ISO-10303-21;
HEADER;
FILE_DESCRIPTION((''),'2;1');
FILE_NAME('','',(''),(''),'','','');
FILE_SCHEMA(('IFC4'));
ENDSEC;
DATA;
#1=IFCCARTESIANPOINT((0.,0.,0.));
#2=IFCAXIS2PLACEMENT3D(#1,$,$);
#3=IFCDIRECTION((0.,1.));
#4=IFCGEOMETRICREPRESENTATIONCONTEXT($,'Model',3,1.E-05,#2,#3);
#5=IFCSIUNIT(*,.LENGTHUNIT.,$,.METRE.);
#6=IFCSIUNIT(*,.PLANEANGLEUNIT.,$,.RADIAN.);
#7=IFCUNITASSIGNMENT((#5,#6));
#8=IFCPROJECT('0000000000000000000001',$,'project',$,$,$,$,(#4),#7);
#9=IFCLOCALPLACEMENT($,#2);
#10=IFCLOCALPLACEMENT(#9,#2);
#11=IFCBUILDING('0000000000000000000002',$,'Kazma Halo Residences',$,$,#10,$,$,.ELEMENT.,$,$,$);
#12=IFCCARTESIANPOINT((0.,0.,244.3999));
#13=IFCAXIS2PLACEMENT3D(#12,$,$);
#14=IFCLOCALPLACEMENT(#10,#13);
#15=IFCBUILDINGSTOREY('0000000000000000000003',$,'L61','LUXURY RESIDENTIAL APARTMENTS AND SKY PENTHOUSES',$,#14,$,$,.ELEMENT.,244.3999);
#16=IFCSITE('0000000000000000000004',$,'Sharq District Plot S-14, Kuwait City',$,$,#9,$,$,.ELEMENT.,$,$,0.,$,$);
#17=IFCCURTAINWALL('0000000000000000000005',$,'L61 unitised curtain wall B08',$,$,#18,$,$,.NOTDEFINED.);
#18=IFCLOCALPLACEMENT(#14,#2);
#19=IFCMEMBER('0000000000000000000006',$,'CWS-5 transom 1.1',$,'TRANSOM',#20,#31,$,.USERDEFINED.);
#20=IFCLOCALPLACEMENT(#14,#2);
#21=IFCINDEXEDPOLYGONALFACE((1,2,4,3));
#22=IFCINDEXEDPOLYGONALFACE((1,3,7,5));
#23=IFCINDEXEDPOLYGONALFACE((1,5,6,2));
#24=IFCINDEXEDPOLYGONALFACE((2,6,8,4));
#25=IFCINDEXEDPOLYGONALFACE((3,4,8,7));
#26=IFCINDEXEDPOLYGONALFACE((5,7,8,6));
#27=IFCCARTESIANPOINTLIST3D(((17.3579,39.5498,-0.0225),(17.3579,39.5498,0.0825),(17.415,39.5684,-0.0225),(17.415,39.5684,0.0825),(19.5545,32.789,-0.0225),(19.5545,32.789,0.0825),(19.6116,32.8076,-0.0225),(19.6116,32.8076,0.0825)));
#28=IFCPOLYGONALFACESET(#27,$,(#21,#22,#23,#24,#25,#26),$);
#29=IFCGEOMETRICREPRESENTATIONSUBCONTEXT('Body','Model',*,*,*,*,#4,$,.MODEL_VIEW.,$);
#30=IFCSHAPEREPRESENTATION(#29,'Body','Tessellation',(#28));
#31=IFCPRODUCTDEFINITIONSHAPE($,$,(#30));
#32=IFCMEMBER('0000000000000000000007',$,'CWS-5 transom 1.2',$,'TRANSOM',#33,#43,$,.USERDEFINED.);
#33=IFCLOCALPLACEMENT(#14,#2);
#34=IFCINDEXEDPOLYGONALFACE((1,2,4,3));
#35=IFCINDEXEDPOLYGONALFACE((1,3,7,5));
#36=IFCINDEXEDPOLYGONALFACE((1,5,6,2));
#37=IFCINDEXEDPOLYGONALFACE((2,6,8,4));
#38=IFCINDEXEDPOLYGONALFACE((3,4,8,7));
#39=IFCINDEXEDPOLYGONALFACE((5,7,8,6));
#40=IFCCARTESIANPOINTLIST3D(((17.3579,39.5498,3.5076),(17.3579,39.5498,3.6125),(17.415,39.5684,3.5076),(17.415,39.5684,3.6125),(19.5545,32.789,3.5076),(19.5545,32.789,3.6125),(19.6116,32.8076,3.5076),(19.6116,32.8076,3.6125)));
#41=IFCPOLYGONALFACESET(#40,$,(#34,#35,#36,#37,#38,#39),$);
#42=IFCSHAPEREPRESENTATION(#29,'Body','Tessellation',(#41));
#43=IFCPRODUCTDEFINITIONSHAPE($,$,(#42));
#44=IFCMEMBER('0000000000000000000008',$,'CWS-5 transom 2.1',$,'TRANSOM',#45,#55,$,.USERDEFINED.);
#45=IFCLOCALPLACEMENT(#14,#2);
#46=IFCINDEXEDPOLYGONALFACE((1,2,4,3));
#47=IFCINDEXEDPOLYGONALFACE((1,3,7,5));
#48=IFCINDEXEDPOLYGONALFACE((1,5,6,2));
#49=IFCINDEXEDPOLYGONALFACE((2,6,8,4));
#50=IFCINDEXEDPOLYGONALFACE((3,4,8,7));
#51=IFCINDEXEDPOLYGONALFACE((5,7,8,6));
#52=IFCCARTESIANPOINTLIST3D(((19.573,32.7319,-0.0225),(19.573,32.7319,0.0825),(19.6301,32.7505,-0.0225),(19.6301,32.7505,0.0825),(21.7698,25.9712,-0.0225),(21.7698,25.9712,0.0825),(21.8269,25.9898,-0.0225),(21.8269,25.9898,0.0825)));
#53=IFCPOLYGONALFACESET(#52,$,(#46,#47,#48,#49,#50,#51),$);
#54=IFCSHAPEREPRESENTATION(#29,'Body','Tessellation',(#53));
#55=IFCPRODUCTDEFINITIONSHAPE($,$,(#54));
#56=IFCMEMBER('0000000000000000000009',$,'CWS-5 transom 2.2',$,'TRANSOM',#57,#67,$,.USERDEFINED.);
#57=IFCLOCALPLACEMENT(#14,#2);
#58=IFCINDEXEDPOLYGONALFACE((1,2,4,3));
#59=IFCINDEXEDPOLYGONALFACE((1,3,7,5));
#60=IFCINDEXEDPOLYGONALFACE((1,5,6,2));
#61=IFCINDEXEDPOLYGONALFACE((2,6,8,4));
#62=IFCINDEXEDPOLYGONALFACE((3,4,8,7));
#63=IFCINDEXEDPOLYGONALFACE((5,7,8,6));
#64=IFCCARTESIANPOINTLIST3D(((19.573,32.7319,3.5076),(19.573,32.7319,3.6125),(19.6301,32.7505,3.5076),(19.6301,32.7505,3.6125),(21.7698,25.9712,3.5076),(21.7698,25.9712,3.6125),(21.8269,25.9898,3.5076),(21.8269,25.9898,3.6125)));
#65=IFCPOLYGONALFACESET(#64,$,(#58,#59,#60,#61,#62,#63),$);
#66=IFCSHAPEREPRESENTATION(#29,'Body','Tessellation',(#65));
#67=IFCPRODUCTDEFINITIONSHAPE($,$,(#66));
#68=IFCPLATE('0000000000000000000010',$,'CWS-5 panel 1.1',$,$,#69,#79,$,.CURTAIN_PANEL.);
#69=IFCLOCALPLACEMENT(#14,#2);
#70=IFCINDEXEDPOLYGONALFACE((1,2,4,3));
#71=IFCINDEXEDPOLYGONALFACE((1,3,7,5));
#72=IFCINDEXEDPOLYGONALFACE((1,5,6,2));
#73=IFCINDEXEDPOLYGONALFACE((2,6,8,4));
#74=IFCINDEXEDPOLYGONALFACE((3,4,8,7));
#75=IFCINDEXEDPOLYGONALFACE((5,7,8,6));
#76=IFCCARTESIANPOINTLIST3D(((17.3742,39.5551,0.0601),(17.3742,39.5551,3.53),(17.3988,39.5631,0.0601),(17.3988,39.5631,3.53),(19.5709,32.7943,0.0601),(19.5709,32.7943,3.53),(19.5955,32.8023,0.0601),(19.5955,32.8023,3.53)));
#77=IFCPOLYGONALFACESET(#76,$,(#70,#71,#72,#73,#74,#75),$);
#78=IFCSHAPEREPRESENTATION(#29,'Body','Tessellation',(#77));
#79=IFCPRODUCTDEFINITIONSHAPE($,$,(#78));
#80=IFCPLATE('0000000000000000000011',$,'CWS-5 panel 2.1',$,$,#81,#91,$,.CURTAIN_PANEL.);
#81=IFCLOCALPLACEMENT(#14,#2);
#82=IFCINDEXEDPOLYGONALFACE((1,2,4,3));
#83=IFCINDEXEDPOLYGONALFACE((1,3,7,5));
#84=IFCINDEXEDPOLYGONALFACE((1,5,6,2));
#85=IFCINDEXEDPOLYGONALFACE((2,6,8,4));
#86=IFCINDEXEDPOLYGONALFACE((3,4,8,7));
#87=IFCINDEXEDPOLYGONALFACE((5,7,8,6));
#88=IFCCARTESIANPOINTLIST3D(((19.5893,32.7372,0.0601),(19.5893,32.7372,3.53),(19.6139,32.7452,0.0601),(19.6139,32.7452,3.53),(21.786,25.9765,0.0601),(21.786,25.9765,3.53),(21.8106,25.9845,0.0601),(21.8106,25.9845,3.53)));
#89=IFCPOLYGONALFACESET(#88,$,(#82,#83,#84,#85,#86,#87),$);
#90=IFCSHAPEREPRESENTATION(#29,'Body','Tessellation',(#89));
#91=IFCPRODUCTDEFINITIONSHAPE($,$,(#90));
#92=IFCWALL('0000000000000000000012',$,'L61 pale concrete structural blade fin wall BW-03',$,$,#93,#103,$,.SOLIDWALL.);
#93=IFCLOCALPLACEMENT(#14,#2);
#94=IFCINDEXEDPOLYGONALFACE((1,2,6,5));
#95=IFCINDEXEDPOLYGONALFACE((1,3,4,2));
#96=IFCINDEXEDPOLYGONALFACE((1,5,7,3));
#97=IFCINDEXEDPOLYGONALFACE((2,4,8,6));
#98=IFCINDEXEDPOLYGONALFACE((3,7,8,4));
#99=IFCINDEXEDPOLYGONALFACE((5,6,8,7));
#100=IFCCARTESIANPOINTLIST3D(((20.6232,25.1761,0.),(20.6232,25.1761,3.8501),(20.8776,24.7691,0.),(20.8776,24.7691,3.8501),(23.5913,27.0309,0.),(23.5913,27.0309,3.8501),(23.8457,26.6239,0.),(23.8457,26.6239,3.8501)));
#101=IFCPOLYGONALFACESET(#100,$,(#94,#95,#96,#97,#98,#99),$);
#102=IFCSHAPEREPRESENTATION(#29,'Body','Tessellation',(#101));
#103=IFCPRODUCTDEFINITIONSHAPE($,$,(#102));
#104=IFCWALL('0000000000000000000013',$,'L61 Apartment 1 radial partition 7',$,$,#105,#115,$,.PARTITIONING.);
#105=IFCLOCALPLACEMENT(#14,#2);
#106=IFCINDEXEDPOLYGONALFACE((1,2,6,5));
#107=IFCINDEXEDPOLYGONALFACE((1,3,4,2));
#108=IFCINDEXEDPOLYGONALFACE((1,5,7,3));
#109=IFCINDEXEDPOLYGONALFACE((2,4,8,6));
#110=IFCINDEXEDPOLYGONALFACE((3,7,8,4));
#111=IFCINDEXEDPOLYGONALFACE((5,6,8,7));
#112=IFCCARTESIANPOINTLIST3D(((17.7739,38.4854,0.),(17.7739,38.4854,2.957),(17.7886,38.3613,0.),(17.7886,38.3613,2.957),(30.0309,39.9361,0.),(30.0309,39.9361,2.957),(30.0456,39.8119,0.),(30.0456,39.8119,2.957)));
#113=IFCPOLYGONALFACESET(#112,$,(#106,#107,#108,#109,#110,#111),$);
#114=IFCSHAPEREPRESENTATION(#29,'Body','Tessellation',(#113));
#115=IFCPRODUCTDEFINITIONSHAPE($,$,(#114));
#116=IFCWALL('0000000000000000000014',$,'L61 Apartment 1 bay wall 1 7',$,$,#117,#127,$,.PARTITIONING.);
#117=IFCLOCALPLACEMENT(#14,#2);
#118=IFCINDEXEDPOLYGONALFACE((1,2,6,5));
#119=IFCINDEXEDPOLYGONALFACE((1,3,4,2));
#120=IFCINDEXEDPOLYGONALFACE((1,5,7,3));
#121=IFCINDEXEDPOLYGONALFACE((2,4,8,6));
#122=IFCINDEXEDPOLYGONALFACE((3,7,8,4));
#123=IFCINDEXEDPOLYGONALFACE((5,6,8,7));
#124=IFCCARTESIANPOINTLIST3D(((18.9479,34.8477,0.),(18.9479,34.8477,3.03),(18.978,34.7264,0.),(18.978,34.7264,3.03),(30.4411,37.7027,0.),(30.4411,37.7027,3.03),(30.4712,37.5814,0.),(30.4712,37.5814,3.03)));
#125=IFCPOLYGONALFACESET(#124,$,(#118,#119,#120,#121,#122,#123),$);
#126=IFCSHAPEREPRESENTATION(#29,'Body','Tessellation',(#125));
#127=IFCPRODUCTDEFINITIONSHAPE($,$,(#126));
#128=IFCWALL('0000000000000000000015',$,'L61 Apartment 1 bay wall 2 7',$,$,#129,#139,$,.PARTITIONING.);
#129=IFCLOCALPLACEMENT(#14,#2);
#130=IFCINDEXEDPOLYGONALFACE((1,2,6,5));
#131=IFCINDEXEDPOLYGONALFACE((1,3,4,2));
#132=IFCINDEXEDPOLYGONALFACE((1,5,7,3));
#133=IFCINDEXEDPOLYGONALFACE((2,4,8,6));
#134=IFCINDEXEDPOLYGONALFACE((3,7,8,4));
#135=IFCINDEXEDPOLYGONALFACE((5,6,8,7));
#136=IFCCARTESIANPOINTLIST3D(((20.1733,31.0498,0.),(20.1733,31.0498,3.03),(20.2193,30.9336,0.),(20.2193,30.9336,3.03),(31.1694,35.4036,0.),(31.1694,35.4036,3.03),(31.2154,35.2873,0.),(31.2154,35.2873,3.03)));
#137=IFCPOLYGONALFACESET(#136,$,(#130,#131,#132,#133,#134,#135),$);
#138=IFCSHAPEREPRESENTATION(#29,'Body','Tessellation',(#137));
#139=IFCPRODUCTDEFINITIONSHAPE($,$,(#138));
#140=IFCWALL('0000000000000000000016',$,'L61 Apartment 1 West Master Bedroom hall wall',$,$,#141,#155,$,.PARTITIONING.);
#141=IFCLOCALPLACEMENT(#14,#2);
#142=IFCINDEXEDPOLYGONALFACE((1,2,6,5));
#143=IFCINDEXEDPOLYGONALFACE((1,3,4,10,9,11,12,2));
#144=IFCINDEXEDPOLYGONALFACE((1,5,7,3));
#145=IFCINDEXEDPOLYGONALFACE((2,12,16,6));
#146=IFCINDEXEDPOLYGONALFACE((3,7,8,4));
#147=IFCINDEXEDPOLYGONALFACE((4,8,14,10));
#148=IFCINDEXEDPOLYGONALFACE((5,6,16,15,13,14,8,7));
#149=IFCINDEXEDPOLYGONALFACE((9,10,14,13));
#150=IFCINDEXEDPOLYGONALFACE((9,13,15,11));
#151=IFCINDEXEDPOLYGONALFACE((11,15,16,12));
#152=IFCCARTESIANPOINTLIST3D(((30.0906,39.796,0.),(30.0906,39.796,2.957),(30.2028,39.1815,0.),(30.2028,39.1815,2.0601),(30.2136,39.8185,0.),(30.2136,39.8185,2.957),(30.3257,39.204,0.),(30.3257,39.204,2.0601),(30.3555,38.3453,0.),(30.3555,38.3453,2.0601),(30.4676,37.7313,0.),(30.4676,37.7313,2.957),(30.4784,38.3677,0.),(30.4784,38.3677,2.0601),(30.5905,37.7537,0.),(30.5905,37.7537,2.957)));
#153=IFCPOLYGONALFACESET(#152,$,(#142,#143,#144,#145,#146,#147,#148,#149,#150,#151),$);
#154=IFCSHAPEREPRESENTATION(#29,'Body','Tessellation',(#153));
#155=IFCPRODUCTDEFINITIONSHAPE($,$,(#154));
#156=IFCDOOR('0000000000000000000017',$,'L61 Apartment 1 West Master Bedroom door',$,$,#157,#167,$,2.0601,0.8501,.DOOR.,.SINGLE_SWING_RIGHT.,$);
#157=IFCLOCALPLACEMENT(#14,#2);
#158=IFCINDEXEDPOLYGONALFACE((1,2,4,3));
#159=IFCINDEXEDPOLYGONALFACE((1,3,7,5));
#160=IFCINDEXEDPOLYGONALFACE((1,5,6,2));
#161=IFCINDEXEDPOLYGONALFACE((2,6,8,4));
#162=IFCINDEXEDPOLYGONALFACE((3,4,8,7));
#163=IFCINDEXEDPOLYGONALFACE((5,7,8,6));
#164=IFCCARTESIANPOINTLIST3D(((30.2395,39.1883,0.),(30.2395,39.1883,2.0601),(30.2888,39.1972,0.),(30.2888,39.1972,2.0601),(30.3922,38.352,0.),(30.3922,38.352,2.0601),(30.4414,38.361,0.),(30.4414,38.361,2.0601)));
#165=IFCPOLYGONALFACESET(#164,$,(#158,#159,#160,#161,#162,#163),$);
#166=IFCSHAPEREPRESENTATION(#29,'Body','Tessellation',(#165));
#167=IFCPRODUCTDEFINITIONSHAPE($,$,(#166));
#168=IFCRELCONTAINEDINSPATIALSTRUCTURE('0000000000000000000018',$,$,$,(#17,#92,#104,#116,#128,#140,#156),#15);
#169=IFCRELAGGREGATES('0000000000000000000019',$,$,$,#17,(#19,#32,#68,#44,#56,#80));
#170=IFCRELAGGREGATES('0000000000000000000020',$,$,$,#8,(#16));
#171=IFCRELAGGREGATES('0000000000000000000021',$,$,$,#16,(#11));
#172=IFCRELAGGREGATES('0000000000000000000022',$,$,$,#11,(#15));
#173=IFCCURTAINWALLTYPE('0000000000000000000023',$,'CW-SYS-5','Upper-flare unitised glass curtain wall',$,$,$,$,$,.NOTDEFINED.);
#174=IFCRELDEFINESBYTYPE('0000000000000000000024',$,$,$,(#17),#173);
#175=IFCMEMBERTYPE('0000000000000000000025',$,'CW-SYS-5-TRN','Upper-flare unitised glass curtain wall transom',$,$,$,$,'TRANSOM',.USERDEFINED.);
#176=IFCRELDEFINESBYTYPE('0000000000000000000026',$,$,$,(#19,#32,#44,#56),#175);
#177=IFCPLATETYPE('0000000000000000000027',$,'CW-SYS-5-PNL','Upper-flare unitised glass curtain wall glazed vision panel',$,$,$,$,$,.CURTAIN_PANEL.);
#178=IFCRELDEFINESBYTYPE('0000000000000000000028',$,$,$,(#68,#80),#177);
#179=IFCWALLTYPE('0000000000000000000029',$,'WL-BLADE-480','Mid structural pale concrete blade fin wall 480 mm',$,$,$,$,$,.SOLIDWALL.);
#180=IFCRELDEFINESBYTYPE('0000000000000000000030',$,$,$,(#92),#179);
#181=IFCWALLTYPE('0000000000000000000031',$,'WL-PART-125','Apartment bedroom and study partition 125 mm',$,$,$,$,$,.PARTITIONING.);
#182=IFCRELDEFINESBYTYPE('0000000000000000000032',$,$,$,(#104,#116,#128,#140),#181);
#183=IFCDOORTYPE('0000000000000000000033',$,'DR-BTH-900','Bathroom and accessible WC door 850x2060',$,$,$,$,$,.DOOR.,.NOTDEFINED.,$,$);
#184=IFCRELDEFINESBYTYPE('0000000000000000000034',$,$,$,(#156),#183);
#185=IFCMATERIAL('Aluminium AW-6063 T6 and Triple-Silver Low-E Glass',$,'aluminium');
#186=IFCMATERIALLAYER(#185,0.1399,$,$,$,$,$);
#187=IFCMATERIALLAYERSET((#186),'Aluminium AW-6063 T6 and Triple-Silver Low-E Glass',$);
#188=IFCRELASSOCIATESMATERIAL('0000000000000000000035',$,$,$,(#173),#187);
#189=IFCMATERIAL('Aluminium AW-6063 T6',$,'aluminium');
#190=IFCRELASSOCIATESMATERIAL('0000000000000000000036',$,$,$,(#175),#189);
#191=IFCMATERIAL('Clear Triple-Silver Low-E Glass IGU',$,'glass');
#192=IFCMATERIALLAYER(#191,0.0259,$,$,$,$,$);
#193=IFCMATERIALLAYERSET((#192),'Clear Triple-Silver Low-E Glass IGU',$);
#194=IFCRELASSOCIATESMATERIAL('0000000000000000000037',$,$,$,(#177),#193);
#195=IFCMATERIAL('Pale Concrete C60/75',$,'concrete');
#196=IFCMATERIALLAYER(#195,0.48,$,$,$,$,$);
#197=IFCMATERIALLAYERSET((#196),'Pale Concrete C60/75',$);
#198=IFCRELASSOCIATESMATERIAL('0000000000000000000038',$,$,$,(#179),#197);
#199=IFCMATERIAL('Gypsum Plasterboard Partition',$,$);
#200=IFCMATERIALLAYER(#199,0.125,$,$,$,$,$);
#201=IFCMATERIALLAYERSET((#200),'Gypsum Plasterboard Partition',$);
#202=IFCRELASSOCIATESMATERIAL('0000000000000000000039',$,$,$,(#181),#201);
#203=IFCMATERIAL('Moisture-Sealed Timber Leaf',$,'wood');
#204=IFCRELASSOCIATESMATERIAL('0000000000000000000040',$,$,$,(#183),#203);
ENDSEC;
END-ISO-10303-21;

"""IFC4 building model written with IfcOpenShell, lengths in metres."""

from ifc_helpers import new_model, si_unit, direction, frame, frame_2d, origin, origin_2d, place, context, subcontext, project, spatial, rectangle, extrude, material, layer, layer_set, material_profile, profile_set, type_object, element, fill, aggregate, save


model = new_model("IFC4")

# Units and contexts
model_context = context("Model", 3, precision=1e-05, world=origin(), true_north=direction((0.0, 1.0)))
body_context = subcontext(model_context, "Body", "Model", "MODEL_VIEW")
ifc_project = project(units=[si_unit("LENGTHUNIT", "METRE"), si_unit("PLANEANGLEUNIT", "RADIAN")], contexts=[model_context])

# Site, building, storey
site_placement = place(None, origin())
site = spatial("IfcSite", under=ifc_project, at=site_placement, Name="Sharq District Plot S-14, Kuwait City", CompositionType="ELEMENT", RefElevation=0.0)
building_placement = place(site_placement, origin())
building = spatial("IfcBuilding", under=site, at=building_placement, Name="Kazma Halo Residences", CompositionType="ELEMENT")
storey_placement = place(building_placement, frame((0.0, 0.0, 244.3999)))
storey = spatial("IfcBuildingStorey", under=building, at=storey_placement, Name="L61", Description="LUXURY RESIDENTIAL APARTMENTS AND SKY PENTHOUSES", CompositionType="ELEMENT", Elevation=244.3999)

# Curtain wall, members, plates
ifc_material_1 = material(Name="Aluminium AW-6063 T6 and Triple-Silver Low-E Glass", Category="aluminium")
ifc_layer_1 = layer(ifc_material_1, 0.1399)
ifc_layer_set_1 = layer_set([ifc_layer_1], Name="Aluminium AW-6063 T6 and Triple-Silver Low-E Glass")
curtain_wall_type = type_object("IfcCurtainWallType", Name="CW-SYS-5", Description="Upper-flare unitised glass curtain wall", PredefinedType="NOTDEFINED", material=ifc_layer_set_1)
curtain_wall_placement = place(storey_placement, origin())
curtain_wall = element("IfcCurtainWall", 1, at=curtain_wall_placement, inside=storey, type_object=curtain_wall_type, Name="L61 unitised curtain wall B08", PredefinedType="NOTDEFINED")
ifc_material_2 = material(Name="Aluminium AW-6063 T6", Category="aluminium")
ifc_material_profile_1 = material_profile(ifc_material_2, rectangle(XDim=0.0601, YDim=0.105, at=origin_2d()), Name="CWT-60x105")
ifc_profile_set_1 = profile_set([ifc_material_profile_1], Name="Aluminium AW-6063 T6")
member_type_1 = type_object("IfcMemberType", Name="CW-SYS-5-TRN", Description="Upper-flare unitised glass curtain wall transom", ElementType="TRANSOM", PredefinedType="USERDEFINED", material=ifc_profile_set_1)
member_1_placement = place(storey_placement, frame((17.3865, 39.5591, 0.03), z_axis=(0.308996, -0.951063, 0.0), x_axis=(0.951063, 0.308996, 0.0)))
member_1 = element("IfcMember", 2, at=member_1_placement, type_object=member_type_1, Name="CWS-5 transom 1.1", ObjectType="TRANSOM", PredefinedType="USERDEFINED", context=body_context, shape_type="SweptSolid", body=[
    extrude(rectangle(XDim=0.0601, YDim=0.105, at=origin_2d()), origin(), (0.0, 0.0, 1.0), 7.1086),
])
member_2_placement = place(storey_placement, frame((17.3865, 39.5591, 3.5601), z_axis=(0.308996, -0.951063, 0.0), x_axis=(0.951063, 0.308996, 0.0)))
member_2 = element("IfcMember", 3, at=member_2_placement, type_object=member_type_1, Name="CWS-5 transom 1.2", ObjectType="TRANSOM", PredefinedType="USERDEFINED", context=body_context, shape_type="SweptSolid", body=[
    extrude(rectangle(XDim=0.0601, YDim=0.105, at=origin_2d()), origin(), (0.0, 0.0, 1.0), 7.1086),
])
member_3_placement = place(storey_placement, frame((19.6016, 32.7412, 0.03), z_axis=(0.309027, -0.951053, 0.0), x_axis=(0.951053, 0.309027, 0.0)))
member_3 = element("IfcMember", 4, at=member_3_placement, type_object=member_type_1, Name="CWS-5 transom 2.1", ObjectType="TRANSOM", PredefinedType="USERDEFINED", context=body_context, shape_type="SweptSolid", body=[
    extrude(rectangle(XDim=0.0601, YDim=0.105, at=origin_2d()), origin(), (0.0, 0.0, 1.0), 7.1086),
])
member_4_placement = place(storey_placement, frame((19.6016, 32.7412, 3.5601), z_axis=(0.309027, -0.951053, 0.0), x_axis=(0.951053, 0.309027, 0.0)))
member_4 = element("IfcMember", 5, at=member_4_placement, type_object=member_type_1, Name="CWS-5 transom 2.2", ObjectType="TRANSOM", PredefinedType="USERDEFINED", context=body_context, shape_type="SweptSolid", body=[
    extrude(rectangle(XDim=0.0601, YDim=0.105, at=origin_2d()), origin(), (0.0, 0.0, 1.0), 7.1086),
])
ifc_material_3 = material(Name="Clear Triple-Silver Low-E Glass IGU", Category="glass")
ifc_layer_2 = layer(ifc_material_3, 0.0259)
ifc_layer_set_2 = layer_set([ifc_layer_2], Name="Clear Triple-Silver Low-E Glass IGU")
plate_type = type_object("IfcPlateType", Name="CW-SYS-5-PNL", Description="Upper-flare unitised glass curtain wall glazed vision panel", PredefinedType="CURTAIN_PANEL", material=ifc_layer_set_2)
plate_1_placement = place(storey_placement, frame((18.4849, 36.1787, 0.0601), z_axis=(0.0, 0.0, 1.0), x_axis=(0.309011, -0.951058, 0.0)))
plate_1 = element("IfcPlate", 6, at=plate_1_placement, type_object=plate_type, Name="CWS-5 panel 1.1", PredefinedType="CURTAIN_PANEL", context=body_context, shape_type="SweptSolid", body=[
    extrude(rectangle(XDim=7.1086, YDim=0.0259, at=origin_2d()), origin(), (0.0, 0.0, 1.0), 3.47),
])
plate_2_placement = place(storey_placement, frame((20.7, 29.3608, 0.0601), z_axis=(0.0, 0.0, 1.0), x_axis=(0.309011, -0.951058, 0.0)))
plate_2 = element("IfcPlate", 7, at=plate_2_placement, type_object=plate_type, Name="CWS-5 panel 2.1", PredefinedType="CURTAIN_PANEL", context=body_context, shape_type="SweptSolid", body=[
    extrude(rectangle(XDim=7.1086, YDim=0.0259, at=origin_2d()), origin(), (0.0, 0.0, 1.0), 3.47),
])
aggregate(curtain_wall, [member_1, member_2, plate_1, member_3, member_4, plate_2])

# Walls
ifc_material_4 = material(Name="Pale Concrete C60/75", Category="concrete")
ifc_layer_3 = layer(ifc_material_4, 0.48)
ifc_layer_set_3 = layer_set([ifc_layer_3], Name="Pale Concrete C60/75")
wall_type_1 = type_object("IfcWallType", Name="WL-BLADE-480", Description="Mid structural pale concrete blade fin wall 480 mm", PredefinedType="SOLIDWALL", material=ifc_layer_set_3)
wall_1_placement = place(storey_placement, frame((23.7185, 26.8274, 0.0), z_axis=(0.0, 0.0, 1.0), x_axis=(-0.848034, -0.529943, 0.0)))
element("IfcWall", 8, at=wall_1_placement, inside=storey, type_object=wall_type_1, Name="L61 pale concrete structural blade fin wall BW-03", PredefinedType="SOLIDWALL", context=body_context, shape_type="SweptSolid", body=[
    extrude(rectangle(XDim=3.5, YDim=0.48, at=frame_2d((1.75, 0.0))), origin(), (0.0, 0.0, 1.0), 3.8501),
])
ifc_material_5 = material(Name="Gypsum Plasterboard Partition")
ifc_layer_4 = layer(ifc_material_5, 0.125)
ifc_layer_set_4 = layer_set([ifc_layer_4], Name="Gypsum Plasterboard Partition")
wall_type_2 = type_object("IfcWallType", Name="WL-PART-125", Description="Apartment bedroom and study partition 125 mm", PredefinedType="PARTITIONING", material=ifc_layer_set_4)
wall_2_placement = place(storey_placement, frame((30.0383, 39.874, 0.0), z_axis=(0.0, 0.0, 1.0), x_axis=(-0.993069, -0.117534, 0.0)))
element("IfcWall", 9, at=wall_2_placement, inside=storey, type_object=wall_type_2, Name="L61 Apartment 1 radial partition 7", PredefinedType="PARTITIONING", context=body_context, shape_type="SweptSolid", body=[
    extrude(rectangle(XDim=12.3425, YDim=0.125, at=frame_2d((6.1714, 0.0))), origin(), (0.0, 0.0, 1.0), 2.957),
])
wall_3_placement = place(storey_placement, frame((30.4563, 37.6421, 0.0), z_axis=(0.0, 0.0, 1.0), x_axis=(-0.970505, -0.24108, 0.0)))
element("IfcWall", 10, at=wall_3_placement, inside=storey, type_object=wall_type_2, Name="L61 Apartment 1 bay wall 1 7", PredefinedType="PARTITIONING", context=body_context, shape_type="SweptSolid", body=[
    extrude(rectangle(XDim=11.8425, YDim=0.125, at=frame_2d((5.9214, 0.0))), origin(), (0.0, 0.0, 1.0), 3.03),
])
wall_4_placement = place(storey_placement, frame((31.1924, 35.3455, 0.0), z_axis=(0.0, 0.0, 1.0), x_axis=(-0.929774, -0.368132, 0.0)))
element("IfcWall", 11, at=wall_4_placement, inside=storey, type_object=wall_type_2, Name="L61 Apartment 1 bay wall 2 7", PredefinedType="PARTITIONING", context=body_context, shape_type="SweptSolid", body=[
    extrude(rectangle(XDim=11.8267, YDim=0.125, at=frame_2d((5.9133, 0.0))), origin(), (0.0, 0.0, 1.0), 3.03),
])

# Wall, opening, door
wall_5_placement = place(storey_placement, frame((30.1521, 39.8071, 0.0), z_axis=(0.0, 0.0, 1.0), x_axis=(0.179602, -0.983739, 0.0)))
wall_5 = element("IfcWall", 12, at=wall_5_placement, inside=storey, type_object=wall_type_2, Name="L61 Apartment 1 West Master Bedroom hall wall", PredefinedType="PARTITIONING", context=body_context, shape_type="SweptSolid", body=[
    extrude(rectangle(XDim=2.0989, YDim=0.125, at=frame_2d((1.0493, 0.0))), origin(), (0.0, 0.0, 1.0), 2.957),
])
opening_1_placement = place(wall_5_placement, frame((0.6245, 0.0, 0.0)))
opening_1 = element("IfcOpeningElement", 13, at=opening_1_placement, cuts=wall_5, PredefinedType="OPENING", context=body_context, shape_type="SweptSolid", body=[
    extrude(rectangle(XDim=0.8501, YDim=2.0601, at=frame_2d((0.425, 1.03))), frame((0.0, 0.0725, 0.0), z_axis=(0.0, -1.0, 0.0), x_axis=(1.0, 0.0, 0.0)), (0.0, 0.0, 1.0), 0.145),
])
ifc_material_6 = material(Name="Moisture-Sealed Timber Leaf", Category="wood")
door_type = type_object("IfcDoorType", Name="DR-BTH-900", Description="Bathroom and accessible WC door 850x2060", OperationType="NOTDEFINED", PredefinedType="DOOR", material=ifc_material_6)
door_1_placement = place(opening_1_placement, origin())
door_1 = element("IfcDoor", 14, at=door_1_placement, inside=storey, type_object=door_type, Name="L61 Apartment 1 West Master Bedroom door", OperationType="SINGLE_SWING_RIGHT", OverallHeight=2.0601, OverallWidth=0.8501, PredefinedType="DOOR", context=body_context, shape_type="SweptSolid", body=[
    extrude(rectangle(XDim=0.8501, YDim=2.0601, at=frame_2d((0.425, 1.03))), frame((0.0, 0.0249, 0.0), z_axis=(0.0, -1.0, 0.0), x_axis=(1.0, 0.0, 0.0)), (0.0, 0.0, 1.0), 0.05),
])
fill(opening_1, door_1)

save(model, "model.ifc")
